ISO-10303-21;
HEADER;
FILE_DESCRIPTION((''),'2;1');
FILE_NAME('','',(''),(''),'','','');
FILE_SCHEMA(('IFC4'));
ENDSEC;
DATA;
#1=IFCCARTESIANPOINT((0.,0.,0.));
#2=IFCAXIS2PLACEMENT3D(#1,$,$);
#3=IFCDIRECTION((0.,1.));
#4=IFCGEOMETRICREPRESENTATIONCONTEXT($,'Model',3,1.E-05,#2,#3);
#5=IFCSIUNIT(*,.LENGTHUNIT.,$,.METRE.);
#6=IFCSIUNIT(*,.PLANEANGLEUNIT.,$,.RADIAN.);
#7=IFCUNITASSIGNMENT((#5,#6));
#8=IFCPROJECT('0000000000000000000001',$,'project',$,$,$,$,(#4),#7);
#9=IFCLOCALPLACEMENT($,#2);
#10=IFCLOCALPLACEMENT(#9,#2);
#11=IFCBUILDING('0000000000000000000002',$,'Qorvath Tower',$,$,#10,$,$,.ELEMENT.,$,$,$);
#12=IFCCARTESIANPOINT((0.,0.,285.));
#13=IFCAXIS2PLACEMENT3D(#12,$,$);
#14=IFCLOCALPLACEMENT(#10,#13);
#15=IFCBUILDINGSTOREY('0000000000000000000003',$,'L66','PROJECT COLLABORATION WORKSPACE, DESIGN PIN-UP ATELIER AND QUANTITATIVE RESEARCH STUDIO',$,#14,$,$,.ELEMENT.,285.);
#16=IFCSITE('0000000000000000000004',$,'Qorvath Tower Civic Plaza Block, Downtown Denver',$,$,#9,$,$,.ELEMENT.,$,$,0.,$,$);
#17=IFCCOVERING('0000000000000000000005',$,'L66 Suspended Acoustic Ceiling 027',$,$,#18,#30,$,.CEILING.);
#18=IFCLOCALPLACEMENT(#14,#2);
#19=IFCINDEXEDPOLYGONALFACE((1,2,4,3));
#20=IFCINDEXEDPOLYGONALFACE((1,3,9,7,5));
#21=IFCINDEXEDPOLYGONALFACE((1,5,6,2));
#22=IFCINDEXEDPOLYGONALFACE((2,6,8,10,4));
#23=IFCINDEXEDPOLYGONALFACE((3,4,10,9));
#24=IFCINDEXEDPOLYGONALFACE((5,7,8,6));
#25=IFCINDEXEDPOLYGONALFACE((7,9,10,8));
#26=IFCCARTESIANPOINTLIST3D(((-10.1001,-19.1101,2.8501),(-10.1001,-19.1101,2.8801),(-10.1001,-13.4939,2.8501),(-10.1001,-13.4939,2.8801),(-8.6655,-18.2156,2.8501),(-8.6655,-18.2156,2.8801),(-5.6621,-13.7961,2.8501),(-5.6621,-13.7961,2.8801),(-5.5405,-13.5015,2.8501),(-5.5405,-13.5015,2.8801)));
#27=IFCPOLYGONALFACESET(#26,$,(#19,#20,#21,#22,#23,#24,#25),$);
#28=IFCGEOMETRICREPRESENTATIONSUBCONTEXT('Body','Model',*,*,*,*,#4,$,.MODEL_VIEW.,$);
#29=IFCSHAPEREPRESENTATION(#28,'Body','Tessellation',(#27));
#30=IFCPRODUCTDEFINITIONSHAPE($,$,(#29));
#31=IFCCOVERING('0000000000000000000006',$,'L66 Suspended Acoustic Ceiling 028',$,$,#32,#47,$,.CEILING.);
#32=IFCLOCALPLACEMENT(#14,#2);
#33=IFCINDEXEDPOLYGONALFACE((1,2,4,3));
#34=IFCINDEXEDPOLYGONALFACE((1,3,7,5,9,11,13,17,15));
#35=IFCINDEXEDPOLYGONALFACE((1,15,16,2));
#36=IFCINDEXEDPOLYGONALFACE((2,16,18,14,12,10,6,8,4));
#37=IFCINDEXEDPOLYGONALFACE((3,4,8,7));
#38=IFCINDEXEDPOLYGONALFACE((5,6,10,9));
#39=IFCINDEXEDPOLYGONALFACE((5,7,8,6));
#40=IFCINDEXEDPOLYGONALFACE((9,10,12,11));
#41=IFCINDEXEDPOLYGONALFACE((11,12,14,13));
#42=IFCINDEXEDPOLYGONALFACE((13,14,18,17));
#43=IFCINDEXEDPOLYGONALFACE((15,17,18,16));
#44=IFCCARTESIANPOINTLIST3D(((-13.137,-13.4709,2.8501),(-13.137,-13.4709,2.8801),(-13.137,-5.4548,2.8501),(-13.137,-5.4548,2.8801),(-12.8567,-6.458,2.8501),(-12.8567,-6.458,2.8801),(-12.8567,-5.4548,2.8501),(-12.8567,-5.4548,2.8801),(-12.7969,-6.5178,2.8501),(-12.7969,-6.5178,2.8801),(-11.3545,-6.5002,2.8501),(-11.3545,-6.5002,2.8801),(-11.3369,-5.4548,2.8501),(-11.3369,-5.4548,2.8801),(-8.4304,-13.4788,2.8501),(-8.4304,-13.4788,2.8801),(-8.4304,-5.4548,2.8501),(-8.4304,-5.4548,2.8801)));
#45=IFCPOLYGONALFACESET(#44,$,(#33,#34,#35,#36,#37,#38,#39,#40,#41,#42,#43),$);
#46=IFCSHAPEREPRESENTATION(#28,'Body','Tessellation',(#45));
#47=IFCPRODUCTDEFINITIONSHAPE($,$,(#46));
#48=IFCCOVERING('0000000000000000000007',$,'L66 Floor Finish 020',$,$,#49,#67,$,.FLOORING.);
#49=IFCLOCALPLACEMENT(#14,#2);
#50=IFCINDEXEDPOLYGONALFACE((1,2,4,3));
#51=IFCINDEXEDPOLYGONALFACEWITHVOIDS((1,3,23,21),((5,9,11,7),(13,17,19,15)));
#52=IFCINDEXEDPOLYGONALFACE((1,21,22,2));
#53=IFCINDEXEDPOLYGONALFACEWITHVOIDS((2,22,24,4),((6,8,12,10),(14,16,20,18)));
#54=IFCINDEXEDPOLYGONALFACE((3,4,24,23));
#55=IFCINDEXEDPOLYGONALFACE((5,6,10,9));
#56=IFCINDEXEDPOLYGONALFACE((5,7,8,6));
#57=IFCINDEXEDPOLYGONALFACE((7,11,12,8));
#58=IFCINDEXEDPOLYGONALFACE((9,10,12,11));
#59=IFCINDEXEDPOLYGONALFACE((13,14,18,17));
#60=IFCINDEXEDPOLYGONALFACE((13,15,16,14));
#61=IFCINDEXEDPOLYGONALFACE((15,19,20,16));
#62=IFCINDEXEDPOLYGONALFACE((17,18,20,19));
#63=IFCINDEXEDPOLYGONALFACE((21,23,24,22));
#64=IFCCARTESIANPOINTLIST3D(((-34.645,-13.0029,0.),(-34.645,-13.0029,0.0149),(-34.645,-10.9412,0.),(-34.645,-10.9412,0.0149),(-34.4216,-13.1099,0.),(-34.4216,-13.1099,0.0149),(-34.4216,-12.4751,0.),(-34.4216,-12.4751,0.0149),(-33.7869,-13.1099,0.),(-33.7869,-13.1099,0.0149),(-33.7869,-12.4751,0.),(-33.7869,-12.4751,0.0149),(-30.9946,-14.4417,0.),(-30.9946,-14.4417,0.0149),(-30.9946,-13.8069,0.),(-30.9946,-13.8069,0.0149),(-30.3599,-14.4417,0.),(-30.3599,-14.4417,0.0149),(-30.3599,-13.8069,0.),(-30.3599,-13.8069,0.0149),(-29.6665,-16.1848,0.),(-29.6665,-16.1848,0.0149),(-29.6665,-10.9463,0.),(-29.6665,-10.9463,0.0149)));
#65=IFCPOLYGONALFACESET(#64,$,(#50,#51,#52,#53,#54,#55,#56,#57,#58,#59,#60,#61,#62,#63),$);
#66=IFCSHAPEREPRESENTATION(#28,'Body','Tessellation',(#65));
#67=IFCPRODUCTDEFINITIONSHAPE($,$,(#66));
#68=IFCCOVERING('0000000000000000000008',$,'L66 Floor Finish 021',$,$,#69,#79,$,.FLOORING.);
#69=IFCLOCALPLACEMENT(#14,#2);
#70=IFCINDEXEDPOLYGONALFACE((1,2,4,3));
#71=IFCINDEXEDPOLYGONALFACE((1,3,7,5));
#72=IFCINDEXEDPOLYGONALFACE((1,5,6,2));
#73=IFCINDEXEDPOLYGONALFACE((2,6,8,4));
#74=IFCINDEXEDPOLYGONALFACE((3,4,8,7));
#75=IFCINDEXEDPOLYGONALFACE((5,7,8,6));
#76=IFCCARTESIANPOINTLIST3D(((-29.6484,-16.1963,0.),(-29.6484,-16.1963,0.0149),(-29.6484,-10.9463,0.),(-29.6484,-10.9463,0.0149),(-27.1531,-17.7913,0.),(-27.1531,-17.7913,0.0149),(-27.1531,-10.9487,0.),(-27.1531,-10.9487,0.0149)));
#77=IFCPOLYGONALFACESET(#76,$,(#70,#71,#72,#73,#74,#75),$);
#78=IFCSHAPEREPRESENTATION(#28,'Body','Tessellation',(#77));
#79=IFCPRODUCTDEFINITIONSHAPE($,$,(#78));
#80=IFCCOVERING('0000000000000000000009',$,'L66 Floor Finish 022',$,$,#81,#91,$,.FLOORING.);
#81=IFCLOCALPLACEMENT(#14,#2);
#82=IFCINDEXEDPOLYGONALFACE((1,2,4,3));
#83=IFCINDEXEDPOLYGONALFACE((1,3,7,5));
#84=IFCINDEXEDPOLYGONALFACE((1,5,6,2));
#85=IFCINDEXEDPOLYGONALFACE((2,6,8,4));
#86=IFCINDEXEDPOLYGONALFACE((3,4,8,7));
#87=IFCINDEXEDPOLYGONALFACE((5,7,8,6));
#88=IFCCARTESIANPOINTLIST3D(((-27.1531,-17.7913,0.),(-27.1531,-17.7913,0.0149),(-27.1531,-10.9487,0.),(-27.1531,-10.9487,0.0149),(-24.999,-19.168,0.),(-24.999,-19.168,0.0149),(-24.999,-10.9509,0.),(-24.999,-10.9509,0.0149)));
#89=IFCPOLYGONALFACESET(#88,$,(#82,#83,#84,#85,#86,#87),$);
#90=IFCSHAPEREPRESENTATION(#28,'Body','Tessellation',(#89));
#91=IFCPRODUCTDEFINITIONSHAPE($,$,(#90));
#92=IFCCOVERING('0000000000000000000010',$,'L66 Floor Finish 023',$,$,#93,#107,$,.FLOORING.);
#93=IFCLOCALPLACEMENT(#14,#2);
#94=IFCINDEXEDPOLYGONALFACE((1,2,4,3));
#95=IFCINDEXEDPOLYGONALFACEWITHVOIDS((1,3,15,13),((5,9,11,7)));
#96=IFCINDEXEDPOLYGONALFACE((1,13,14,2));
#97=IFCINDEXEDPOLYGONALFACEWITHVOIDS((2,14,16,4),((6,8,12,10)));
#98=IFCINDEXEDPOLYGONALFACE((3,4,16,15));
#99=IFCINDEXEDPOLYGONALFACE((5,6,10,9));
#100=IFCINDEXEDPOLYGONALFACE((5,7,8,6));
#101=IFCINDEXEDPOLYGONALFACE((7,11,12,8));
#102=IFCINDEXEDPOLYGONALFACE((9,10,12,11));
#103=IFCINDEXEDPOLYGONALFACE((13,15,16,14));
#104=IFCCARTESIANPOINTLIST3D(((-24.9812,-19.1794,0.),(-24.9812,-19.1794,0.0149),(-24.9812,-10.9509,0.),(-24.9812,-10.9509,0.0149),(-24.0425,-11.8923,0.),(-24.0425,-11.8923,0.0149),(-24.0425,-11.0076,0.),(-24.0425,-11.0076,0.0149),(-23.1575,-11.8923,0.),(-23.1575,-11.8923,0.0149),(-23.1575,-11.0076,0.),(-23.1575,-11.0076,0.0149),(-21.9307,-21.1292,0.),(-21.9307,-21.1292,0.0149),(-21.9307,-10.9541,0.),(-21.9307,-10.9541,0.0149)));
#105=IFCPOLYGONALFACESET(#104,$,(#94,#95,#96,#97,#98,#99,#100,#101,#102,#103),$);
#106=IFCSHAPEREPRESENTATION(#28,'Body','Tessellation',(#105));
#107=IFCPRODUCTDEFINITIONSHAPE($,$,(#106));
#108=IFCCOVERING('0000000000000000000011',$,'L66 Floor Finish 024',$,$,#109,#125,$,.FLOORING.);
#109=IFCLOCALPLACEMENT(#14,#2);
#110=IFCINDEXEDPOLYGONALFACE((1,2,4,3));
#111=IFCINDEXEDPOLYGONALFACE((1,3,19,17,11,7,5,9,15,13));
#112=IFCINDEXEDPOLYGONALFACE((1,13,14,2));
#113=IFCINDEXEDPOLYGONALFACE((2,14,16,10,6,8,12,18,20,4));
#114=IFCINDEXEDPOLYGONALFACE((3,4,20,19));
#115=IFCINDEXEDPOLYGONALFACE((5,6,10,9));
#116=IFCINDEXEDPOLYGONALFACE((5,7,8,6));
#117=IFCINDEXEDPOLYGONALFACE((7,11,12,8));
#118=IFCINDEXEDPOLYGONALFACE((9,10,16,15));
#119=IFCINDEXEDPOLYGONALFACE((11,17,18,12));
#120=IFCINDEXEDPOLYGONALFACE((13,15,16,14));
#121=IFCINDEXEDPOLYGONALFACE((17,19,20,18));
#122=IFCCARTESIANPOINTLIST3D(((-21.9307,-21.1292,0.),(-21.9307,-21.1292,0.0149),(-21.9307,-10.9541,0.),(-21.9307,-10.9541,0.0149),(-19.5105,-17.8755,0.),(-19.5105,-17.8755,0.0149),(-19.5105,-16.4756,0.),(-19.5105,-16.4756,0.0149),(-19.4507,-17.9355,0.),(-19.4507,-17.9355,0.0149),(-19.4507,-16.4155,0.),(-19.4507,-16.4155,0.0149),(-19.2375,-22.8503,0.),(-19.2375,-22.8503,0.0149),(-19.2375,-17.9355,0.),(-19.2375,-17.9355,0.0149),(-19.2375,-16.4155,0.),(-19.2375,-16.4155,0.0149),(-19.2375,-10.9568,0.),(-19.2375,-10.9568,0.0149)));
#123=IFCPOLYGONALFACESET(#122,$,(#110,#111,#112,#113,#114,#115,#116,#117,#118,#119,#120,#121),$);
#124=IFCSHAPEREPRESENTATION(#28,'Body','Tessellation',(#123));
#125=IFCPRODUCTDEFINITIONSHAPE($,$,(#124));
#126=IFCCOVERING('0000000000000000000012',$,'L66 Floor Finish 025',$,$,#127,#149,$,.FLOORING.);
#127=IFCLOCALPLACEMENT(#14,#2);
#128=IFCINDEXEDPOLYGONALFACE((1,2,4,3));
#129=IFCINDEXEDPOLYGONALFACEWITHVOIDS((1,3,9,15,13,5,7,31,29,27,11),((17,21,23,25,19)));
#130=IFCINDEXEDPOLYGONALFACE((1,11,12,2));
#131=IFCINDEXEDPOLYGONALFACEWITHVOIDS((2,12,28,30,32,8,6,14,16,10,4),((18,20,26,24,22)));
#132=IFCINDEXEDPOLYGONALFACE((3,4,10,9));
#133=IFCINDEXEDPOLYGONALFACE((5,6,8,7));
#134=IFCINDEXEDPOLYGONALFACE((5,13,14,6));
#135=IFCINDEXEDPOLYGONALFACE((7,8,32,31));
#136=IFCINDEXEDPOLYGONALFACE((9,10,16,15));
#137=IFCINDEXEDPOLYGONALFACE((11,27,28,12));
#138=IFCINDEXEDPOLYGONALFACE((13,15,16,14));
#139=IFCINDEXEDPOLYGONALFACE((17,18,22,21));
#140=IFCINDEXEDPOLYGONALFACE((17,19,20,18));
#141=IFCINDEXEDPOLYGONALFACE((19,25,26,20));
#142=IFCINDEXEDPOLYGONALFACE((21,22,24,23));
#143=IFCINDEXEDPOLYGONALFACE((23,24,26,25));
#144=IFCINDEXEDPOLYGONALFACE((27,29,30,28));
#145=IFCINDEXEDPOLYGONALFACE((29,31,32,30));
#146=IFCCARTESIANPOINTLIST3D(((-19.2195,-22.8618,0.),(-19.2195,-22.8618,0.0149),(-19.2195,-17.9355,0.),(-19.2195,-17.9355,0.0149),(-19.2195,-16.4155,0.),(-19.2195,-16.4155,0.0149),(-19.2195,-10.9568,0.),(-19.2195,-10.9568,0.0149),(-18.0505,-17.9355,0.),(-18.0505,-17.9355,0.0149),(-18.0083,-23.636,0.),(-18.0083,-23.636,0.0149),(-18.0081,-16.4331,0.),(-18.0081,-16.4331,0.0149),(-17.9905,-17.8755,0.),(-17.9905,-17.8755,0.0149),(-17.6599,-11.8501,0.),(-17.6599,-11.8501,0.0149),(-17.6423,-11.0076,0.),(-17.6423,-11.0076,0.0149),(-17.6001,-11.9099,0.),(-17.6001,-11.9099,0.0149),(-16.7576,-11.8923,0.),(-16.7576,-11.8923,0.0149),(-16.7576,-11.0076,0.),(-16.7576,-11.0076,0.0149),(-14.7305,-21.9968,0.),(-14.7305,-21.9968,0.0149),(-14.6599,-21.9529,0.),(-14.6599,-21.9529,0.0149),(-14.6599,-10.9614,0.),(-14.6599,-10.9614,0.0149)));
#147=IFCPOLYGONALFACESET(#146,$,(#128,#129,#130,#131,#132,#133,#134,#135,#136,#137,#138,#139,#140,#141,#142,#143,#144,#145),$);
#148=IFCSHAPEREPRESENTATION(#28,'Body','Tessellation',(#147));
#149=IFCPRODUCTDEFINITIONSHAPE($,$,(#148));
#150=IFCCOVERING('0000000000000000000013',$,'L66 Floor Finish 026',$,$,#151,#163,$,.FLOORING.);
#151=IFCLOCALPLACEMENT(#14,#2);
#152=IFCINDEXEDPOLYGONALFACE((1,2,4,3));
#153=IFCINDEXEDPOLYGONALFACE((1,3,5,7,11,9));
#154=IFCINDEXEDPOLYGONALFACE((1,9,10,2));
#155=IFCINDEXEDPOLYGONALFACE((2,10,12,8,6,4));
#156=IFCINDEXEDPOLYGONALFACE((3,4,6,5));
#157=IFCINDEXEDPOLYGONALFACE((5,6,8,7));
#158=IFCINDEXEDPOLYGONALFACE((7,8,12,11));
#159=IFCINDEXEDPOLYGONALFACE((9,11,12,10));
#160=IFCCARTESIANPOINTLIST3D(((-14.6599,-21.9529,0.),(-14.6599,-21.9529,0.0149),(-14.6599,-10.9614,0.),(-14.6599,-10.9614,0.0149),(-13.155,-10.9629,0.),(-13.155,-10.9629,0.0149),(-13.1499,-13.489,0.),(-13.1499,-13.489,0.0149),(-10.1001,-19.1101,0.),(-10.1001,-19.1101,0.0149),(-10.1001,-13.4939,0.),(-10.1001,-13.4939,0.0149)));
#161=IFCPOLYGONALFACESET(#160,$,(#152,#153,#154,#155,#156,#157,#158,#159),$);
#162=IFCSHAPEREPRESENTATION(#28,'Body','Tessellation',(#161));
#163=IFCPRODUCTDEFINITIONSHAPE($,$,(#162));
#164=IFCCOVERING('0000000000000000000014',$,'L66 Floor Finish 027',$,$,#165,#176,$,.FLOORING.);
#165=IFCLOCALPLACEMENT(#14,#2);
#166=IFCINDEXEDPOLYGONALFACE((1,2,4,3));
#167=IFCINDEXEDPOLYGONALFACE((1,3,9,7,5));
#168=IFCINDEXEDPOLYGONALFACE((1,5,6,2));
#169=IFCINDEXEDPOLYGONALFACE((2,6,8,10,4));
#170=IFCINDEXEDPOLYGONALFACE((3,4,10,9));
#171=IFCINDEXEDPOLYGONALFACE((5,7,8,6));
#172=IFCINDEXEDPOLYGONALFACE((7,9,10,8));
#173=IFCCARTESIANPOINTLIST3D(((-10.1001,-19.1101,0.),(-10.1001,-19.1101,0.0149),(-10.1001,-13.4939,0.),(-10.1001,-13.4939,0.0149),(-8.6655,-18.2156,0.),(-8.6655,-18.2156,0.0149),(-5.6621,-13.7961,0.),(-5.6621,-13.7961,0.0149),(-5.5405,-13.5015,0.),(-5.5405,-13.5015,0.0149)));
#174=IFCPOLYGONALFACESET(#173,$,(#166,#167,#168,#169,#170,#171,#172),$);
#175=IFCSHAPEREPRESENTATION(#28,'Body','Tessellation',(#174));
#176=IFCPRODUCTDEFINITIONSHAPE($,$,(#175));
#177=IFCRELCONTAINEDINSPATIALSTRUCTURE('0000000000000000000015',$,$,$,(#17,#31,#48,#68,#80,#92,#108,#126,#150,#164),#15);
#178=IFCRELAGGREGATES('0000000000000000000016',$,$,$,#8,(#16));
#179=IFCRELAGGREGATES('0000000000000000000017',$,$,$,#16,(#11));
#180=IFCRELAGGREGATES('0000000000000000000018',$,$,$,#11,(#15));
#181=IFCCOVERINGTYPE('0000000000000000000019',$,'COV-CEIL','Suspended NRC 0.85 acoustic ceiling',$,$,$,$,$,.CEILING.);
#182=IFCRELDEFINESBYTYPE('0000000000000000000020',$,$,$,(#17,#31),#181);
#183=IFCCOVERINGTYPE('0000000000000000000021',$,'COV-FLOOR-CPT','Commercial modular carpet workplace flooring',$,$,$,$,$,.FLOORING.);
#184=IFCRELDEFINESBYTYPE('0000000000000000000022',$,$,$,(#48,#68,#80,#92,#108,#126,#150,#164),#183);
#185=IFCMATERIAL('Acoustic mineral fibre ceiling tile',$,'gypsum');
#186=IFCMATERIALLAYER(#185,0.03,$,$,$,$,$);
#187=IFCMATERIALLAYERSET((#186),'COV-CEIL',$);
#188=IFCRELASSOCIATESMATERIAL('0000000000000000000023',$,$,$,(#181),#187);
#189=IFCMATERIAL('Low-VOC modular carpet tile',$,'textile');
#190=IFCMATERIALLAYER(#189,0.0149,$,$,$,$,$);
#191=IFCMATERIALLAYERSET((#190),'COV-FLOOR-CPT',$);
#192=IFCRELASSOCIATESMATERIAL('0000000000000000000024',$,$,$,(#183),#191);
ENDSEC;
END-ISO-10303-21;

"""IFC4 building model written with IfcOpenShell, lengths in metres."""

from ifc_helpers import new_model, si_unit, direction, frame, origin, place, context, subcontext, project, spatial, polyline, outline, extrude, material, layer, layer_set, type_object, element, save


model = new_model("IFC4")

# Units and contexts
model_context = context("Model", 3, precision=1e-05, world=origin(), true_north=direction((0.0, 1.0)))
body_context = subcontext(model_context, "Body", "Model", "MODEL_VIEW")
ifc_project = project(units=[si_unit("LENGTHUNIT", "METRE"), si_unit("PLANEANGLEUNIT", "RADIAN")], contexts=[model_context])

# Site, building, storey
site_placement = place(None, origin())
site = spatial("IfcSite", under=ifc_project, at=site_placement, Name="Qorvath Tower Civic Plaza Block, Downtown Denver", CompositionType="ELEMENT", RefElevation=0.0)
building_placement = place(site_placement, origin())
building = spatial("IfcBuilding", under=site, at=building_placement, Name="Qorvath Tower", CompositionType="ELEMENT")
storey_placement = place(building_placement, frame((0.0, 0.0, 285.0)))
storey = spatial("IfcBuildingStorey", under=building, at=storey_placement, Name="L66", Description="PROJECT COLLABORATION WORKSPACE, DESIGN PIN-UP ATELIER AND QUANTITATIVE RESEARCH STUDIO", CompositionType="ELEMENT", Elevation=285.0)

# Coverings
ifc_material_1 = material(Name="Acoustic mineral fibre ceiling tile", Category="gypsum")
ifc_layer_1 = layer(ifc_material_1, 0.03)
ifc_layer_set_1 = layer_set([ifc_layer_1], Name="COV-CEIL")
covering_type_1 = type_object("IfcCoveringType", Name="COV-CEIL", Description="Suspended NRC 0.85 acoustic ceiling", PredefinedType="CEILING", material=ifc_layer_set_1)
covering_1_placement = place(storey_placement, frame((0.0, 0.0, 2.8501)))
element("IfcCovering", 1, at=covering_1_placement, inside=storey, type_object=covering_type_1, Name="L66 Suspended Acoustic Ceiling 027", PredefinedType="CEILING", context=body_context, shape_type="SweptSolid", body=[
    extrude(outline(polyline([(-10.1001, -13.4939), (-10.1001, -19.1101), (-8.6655, -18.2156), (-5.6621, -13.7961), (-5.5405, -13.5015), (-10.1001, -13.4939)])), origin(), (0.0, 0.0, 1.0), 0.03),
])
covering_2_placement = place(storey_placement, frame((0.0, 0.0, 2.8501)))
element("IfcCovering", 2, at=covering_2_placement, inside=storey, type_object=covering_type_1, Name="L66 Suspended Acoustic Ceiling 028", PredefinedType="CEILING", context=body_context, shape_type="SweptSolid", body=[
    extrude(outline(polyline([(-13.137, -5.4548), (-13.137, -13.4709), (-8.4304, -13.4788), (-8.4304, -5.4548), (-11.3369, -5.4548), (-11.3545, -6.5002), (-12.7969, -6.5178), (-12.8567, -6.458), (-12.8567, -5.4548), (-13.137, -5.4548)])), origin(), (0.0, 0.0, 1.0), 0.03),
])
ifc_material_2 = material(Name="Low-VOC modular carpet tile", Category="textile")
ifc_layer_2 = layer(ifc_material_2, 0.0149)
ifc_layer_set_2 = layer_set([ifc_layer_2], Name="COV-FLOOR-CPT")
covering_type_2 = type_object("IfcCoveringType", Name="COV-FLOOR-CPT", Description="Commercial modular carpet workplace flooring", PredefinedType="FLOORING", material=ifc_layer_set_2)
covering_3_placement = place(storey_placement, origin())
element("IfcCovering", 3, at=covering_3_placement, inside=storey, type_object=covering_type_2, Name="L66 Floor Finish 020", PredefinedType="FLOORING", context=body_context, shape_type="SweptSolid", body=[
    extrude(outline(polyline([(-34.645, -13.0029), (-29.6665, -16.1848), (-29.6665, -10.9463), (-34.645, -10.9412), (-34.645, -13.0029)]), holes=[polyline([(-30.9946, -13.8069), (-30.3599, -13.8069), (-30.3599, -14.4417), (-30.9946, -14.4417), (-30.9946, -13.8069)]), polyline([(-34.4216, -12.4751), (-33.7869, -12.4751), (-33.7869, -13.1099), (-34.4216, -13.1099), (-34.4216, -12.4751)])]), origin(), (0.0, 0.0, 1.0), 0.0149),
])
covering_4_placement = place(storey_placement, origin())
element("IfcCovering", 4, at=covering_4_placement, inside=storey, type_object=covering_type_2, Name="L66 Floor Finish 021", PredefinedType="FLOORING", context=body_context, shape_type="SweptSolid", body=[
    extrude(outline(polyline([(-29.6484, -10.9463), (-29.6484, -16.1963), (-27.1531, -17.7913), (-27.1531, -10.9487), (-29.6484, -10.9463)])), origin(), (0.0, 0.0, 1.0), 0.0149),
])
covering_5_placement = place(storey_placement, origin())
element("IfcCovering", 5, at=covering_5_placement, inside=storey, type_object=covering_type_2, Name="L66 Floor Finish 022", PredefinedType="FLOORING", context=body_context, shape_type="SweptSolid", body=[
    extrude(outline(polyline([(-27.1531, -10.9487), (-27.1531, -17.7913), (-24.999, -19.168), (-24.999, -10.9509), (-27.1531, -10.9487)])), origin(), (0.0, 0.0, 1.0), 0.0149),
])
covering_6_placement = place(storey_placement, origin())
element("IfcCovering", 6, at=covering_6_placement, inside=storey, type_object=covering_type_2, Name="L66 Floor Finish 023", PredefinedType="FLOORING", context=body_context, shape_type="SweptSolid", body=[
    extrude(outline(polyline([(-24.9812, -19.1794), (-21.9307, -21.1292), (-21.9307, -10.9541), (-24.9812, -10.9509), (-24.9812, -19.1794)]), holes=[polyline([(-24.0425, -11.8923), (-24.0425, -11.0076), (-23.1575, -11.0076), (-23.1575, -11.8923), (-24.0425, -11.8923)])]), origin(), (0.0, 0.0, 1.0), 0.0149),
])
covering_7_placement = place(storey_placement, origin())
element("IfcCovering", 7, at=covering_7_placement, inside=storey, type_object=covering_type_2, Name="L66 Floor Finish 024", PredefinedType="FLOORING", context=body_context, shape_type="SweptSolid", body=[
    extrude(outline(polyline([(-21.9307, -10.9541), (-21.9307, -21.1292), (-19.2375, -22.8503), (-19.2375, -17.9355), (-19.4507, -17.9355), (-19.5105, -17.8755), (-19.5105, -16.4756), (-19.4507, -16.4155), (-19.2375, -16.4155), (-19.2375, -10.9568), (-21.9307, -10.9541)])), origin(), (0.0, 0.0, 1.0), 0.0149),
])
covering_8_placement = place(storey_placement, origin())
element("IfcCovering", 8, at=covering_8_placement, inside=storey, type_object=covering_type_2, Name="L66 Floor Finish 025", PredefinedType="FLOORING", context=body_context, shape_type="SweptSolid", body=[
    extrude(outline(polyline([(-14.6599, -21.9529), (-14.6599, -10.9614), (-19.2195, -10.9568), (-19.2195, -16.4155), (-18.0081, -16.4331), (-17.9905, -17.8755), (-18.0505, -17.9355), (-19.2195, -17.9355), (-19.2195, -22.8618), (-18.0083, -23.636), (-14.7305, -21.9968), (-14.6599, -21.9529)]), holes=[polyline([(-17.6599, -11.8501), (-17.6423, -11.0076), (-16.7576, -11.0076), (-16.7576, -11.8923), (-17.6001, -11.9099), (-17.6599, -11.8501)])]), origin(), (0.0, 0.0, 1.0), 0.0149),
])
covering_9_placement = place(storey_placement, origin())
element("IfcCovering", 9, at=covering_9_placement, inside=storey, type_object=covering_type_2, Name="L66 Floor Finish 026", PredefinedType="FLOORING", context=body_context, shape_type="SweptSolid", body=[
    extrude(outline(polyline([(-13.155, -10.9629), (-14.6599, -10.9614), (-14.6599, -21.9529), (-10.1001, -19.1101), (-10.1001, -13.4939), (-13.1499, -13.489), (-13.155, -10.9629)])), origin(), (0.0, 0.0, 1.0), 0.0149),
])
covering_10_placement = place(storey_placement, origin())
element("IfcCovering", 10, at=covering_10_placement, inside=storey, type_object=covering_type_2, Name="L66 Floor Finish 027", PredefinedType="FLOORING", context=body_context, shape_type="SweptSolid", body=[
    extrude(outline(polyline([(-10.1001, -13.4939), (-10.1001, -19.1101), (-8.6655, -18.2156), (-5.6621, -13.7961), (-5.5405, -13.5015), (-10.1001, -13.4939)])), origin(), (0.0, 0.0, 1.0), 0.0149),
])

save(model, "model.ifc")
